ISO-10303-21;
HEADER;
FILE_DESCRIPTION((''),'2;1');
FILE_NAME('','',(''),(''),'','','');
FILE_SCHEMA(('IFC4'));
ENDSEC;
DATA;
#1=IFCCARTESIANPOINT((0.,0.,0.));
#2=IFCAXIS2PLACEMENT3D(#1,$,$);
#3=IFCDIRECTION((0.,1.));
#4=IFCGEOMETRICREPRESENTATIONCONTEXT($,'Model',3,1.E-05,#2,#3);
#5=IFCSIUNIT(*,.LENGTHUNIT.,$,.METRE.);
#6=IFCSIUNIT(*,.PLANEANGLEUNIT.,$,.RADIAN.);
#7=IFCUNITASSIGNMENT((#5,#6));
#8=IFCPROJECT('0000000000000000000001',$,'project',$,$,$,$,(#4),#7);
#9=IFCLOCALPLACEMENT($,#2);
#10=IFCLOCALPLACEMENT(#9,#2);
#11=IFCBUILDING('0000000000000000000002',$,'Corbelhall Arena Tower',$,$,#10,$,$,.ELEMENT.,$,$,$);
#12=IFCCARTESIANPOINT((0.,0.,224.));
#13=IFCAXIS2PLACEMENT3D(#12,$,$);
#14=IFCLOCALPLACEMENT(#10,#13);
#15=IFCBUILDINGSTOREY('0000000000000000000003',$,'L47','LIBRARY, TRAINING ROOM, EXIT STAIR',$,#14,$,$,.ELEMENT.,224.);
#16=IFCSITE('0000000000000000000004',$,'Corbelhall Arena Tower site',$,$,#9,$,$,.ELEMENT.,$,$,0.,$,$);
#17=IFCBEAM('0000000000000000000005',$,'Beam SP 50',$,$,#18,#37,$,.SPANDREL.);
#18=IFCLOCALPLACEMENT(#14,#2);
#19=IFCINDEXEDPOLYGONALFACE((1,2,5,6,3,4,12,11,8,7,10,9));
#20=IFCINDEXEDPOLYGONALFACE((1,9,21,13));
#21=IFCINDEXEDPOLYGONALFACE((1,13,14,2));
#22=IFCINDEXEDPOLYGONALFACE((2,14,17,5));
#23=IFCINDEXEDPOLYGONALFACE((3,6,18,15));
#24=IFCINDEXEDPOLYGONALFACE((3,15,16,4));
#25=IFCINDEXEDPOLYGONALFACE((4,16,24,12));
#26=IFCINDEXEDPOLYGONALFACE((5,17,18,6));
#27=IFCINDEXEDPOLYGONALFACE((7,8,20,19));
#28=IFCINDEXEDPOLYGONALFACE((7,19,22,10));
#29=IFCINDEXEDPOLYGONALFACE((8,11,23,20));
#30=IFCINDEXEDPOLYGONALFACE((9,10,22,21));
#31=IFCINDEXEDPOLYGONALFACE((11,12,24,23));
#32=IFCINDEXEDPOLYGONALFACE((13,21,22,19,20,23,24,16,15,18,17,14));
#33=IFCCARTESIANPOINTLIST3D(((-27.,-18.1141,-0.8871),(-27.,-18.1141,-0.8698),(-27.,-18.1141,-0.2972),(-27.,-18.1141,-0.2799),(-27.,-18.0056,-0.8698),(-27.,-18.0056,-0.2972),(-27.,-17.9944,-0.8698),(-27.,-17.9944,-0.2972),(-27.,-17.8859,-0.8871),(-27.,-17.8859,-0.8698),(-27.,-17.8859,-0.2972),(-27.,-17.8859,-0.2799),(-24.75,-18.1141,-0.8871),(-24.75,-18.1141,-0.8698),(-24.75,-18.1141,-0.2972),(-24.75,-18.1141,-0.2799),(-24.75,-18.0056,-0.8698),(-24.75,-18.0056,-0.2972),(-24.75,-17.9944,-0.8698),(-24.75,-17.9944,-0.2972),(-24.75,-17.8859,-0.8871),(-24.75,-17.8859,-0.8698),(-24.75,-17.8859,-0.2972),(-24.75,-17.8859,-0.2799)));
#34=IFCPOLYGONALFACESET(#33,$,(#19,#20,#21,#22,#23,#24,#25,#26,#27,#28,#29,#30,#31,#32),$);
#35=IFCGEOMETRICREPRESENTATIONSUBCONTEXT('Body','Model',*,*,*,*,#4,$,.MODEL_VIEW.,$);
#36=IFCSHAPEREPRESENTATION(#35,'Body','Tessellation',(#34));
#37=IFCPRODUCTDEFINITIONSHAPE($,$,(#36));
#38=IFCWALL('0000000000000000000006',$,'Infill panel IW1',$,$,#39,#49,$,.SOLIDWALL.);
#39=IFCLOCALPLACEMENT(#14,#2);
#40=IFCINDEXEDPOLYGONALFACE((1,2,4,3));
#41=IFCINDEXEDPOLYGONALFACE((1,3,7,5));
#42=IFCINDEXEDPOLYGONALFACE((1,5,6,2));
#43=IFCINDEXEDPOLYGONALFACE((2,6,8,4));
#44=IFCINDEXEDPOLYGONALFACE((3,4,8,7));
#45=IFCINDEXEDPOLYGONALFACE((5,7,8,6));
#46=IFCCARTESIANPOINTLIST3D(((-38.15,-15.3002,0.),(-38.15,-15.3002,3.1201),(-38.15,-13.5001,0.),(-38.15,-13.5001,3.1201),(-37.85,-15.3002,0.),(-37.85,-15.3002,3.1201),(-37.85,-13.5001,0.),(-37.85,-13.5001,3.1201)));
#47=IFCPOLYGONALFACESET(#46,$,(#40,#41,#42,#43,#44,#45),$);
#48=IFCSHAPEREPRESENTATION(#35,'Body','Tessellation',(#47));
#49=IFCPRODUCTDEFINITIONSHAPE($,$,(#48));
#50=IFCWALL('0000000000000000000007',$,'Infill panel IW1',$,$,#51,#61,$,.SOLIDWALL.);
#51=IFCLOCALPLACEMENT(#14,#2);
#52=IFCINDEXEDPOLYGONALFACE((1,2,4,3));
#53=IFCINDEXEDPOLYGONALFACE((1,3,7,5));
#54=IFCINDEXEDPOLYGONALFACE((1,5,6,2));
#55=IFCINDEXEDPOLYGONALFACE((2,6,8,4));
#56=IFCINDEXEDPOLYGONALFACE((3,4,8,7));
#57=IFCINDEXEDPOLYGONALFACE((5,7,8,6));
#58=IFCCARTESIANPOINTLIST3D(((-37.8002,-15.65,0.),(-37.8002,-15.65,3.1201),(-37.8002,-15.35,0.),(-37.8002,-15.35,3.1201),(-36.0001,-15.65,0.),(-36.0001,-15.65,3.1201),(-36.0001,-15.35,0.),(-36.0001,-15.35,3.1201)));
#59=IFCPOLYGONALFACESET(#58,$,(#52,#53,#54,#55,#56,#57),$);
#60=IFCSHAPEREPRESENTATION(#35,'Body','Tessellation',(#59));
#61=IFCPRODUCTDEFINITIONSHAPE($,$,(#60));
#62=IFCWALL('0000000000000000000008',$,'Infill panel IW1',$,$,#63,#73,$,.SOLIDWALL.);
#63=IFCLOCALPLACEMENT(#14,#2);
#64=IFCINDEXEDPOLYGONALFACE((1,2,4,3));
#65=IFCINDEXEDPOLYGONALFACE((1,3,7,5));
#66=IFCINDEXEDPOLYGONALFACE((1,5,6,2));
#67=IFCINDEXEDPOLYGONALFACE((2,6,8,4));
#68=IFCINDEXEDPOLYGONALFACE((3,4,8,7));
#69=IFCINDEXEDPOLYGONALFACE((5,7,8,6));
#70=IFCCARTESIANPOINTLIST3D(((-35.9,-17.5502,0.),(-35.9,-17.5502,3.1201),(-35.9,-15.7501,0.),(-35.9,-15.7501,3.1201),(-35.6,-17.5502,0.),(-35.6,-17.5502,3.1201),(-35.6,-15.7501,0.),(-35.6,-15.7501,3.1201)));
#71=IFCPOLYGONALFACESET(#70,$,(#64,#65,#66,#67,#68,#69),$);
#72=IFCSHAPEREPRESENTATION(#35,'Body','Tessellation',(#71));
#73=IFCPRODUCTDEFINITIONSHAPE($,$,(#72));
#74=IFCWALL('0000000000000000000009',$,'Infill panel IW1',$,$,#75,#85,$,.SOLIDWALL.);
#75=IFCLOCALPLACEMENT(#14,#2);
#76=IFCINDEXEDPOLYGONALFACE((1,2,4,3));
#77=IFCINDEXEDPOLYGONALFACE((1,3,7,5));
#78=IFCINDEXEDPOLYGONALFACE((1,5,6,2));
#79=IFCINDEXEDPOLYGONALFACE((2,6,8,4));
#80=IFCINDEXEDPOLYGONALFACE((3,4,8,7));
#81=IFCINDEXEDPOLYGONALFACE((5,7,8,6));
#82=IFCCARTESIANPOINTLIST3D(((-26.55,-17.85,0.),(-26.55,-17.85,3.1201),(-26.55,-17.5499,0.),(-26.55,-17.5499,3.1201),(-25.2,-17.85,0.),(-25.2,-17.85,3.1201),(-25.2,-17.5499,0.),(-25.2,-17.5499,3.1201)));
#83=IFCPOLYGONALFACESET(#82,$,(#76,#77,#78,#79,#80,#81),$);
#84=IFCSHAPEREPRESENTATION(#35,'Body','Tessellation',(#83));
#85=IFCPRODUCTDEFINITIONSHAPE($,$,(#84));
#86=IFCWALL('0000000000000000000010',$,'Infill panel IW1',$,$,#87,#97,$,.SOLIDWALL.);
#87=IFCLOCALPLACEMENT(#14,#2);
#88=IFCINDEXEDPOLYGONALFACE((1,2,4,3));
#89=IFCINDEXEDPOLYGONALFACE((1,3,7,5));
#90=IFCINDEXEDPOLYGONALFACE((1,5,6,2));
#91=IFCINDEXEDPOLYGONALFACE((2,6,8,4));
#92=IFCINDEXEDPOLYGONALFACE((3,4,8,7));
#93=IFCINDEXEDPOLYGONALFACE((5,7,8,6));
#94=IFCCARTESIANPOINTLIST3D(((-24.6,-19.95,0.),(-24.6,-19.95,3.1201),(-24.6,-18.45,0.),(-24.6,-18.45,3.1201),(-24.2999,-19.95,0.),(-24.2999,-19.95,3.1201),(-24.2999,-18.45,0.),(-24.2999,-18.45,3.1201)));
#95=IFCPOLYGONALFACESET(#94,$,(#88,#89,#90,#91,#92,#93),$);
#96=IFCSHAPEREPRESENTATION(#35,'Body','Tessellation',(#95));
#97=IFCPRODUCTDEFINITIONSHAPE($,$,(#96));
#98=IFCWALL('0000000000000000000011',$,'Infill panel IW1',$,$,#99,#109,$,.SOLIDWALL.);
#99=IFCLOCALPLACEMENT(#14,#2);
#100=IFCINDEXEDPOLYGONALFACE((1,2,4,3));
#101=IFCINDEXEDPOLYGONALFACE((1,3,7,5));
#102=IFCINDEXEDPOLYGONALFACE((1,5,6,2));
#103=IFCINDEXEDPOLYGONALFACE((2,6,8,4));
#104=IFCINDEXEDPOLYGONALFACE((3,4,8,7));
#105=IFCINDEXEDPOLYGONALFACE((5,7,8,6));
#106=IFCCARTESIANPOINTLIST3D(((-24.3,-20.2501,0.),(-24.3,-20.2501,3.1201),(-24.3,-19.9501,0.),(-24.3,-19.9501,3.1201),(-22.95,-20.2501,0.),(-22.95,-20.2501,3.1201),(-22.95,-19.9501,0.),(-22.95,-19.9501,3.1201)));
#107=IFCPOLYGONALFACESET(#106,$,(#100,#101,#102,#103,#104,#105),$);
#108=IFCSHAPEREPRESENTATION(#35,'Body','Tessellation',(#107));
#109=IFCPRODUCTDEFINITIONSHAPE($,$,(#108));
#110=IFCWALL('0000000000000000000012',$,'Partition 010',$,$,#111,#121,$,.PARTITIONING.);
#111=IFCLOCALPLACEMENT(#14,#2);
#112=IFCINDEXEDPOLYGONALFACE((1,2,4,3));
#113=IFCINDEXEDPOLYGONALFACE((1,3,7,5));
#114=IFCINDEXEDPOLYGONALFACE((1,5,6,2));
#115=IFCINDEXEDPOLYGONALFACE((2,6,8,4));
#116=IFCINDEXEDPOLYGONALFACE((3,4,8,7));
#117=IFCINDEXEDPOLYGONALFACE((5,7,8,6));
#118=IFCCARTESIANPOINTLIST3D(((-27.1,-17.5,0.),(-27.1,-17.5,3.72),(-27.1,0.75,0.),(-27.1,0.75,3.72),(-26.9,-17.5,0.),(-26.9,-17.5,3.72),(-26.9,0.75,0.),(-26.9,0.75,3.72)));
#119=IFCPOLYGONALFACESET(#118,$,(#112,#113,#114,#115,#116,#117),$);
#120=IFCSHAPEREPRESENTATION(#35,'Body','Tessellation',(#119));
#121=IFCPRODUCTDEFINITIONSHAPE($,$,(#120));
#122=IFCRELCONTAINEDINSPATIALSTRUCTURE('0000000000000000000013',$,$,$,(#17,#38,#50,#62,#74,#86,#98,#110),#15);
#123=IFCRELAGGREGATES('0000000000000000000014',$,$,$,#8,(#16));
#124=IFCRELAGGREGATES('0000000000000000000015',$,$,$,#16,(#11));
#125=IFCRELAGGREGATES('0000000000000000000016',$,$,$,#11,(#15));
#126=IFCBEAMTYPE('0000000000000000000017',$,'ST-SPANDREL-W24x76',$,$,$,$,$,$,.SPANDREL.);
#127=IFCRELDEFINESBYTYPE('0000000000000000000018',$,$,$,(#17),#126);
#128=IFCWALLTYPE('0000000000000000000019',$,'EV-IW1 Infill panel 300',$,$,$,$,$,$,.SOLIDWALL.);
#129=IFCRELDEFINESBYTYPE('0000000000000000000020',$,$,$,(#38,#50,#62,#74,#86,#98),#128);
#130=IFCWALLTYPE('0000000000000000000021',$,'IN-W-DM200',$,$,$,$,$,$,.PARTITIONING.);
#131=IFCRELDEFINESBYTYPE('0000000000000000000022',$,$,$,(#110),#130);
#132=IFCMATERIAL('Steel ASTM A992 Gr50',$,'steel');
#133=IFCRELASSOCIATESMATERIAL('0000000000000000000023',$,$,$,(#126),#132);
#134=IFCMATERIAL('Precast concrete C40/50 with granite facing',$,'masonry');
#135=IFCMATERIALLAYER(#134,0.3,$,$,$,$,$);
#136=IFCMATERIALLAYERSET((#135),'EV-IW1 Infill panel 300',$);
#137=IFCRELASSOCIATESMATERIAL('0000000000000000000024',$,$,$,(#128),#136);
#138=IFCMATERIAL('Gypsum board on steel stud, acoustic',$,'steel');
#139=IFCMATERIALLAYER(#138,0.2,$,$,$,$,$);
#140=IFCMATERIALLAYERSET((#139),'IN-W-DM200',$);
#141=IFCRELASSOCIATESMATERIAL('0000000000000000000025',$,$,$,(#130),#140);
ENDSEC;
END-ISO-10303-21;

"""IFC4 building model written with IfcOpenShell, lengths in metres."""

from ifc_helpers import new_model, si_unit, direction, frame, frame_2d, origin, origin_2d, place, context, subcontext, project, spatial, rectangle, i_section, extrude, material, layer, layer_set, material_profile, profile_set, type_object, element, save


model = new_model("IFC4")

# Units and contexts
model_context = context("Model", 3, precision=1e-05, world=origin(), true_north=direction((0.0, 1.0)))
body_context = subcontext(model_context, "Body", "Model", "MODEL_VIEW")
ifc_project = project(units=[si_unit("LENGTHUNIT", "METRE"), si_unit("PLANEANGLEUNIT", "RADIAN")], contexts=[model_context])

# Site, building, storey
site_placement = place(None, origin())
site = spatial("IfcSite", under=ifc_project, at=site_placement, Name="Corbelhall Arena Tower site", CompositionType="ELEMENT", RefElevation=0.0)
building_placement = place(site_placement, origin())
building = spatial("IfcBuilding", under=site, at=building_placement, Name="Corbelhall Arena Tower", CompositionType="ELEMENT")
storey_placement = place(building_placement, frame((0.0, 0.0, 224.0)))
storey = spatial("IfcBuildingStorey", under=building, at=storey_placement, Name="L47", Description="LIBRARY, TRAINING ROOM, EXIT STAIR", CompositionType="ELEMENT", Elevation=224.0)

# Beam
ifc_material_1 = material(Name="Steel ASTM A992 Gr50", Category="steel")
ifc_material_profile_1 = material_profile(ifc_material_1, i_section(OverallWidth=0.2283, OverallDepth=0.6072, WebThickness=0.0112, FlangeThickness=0.0173, at=origin_2d()))
ifc_profile_set_1 = profile_set([ifc_material_profile_1], Name="Steel ASTM A992 Gr50")
beam_type = type_object("IfcBeamType", Name="ST-SPANDREL-W24x76", PredefinedType="SPANDREL", material=ifc_profile_set_1)
beam_1_placement = place(storey_placement, frame((-24.75, -18.0, -0.5835), z_axis=(-1.0, 0.0, 0.0), x_axis=(0.0, -1.0, 0.0)))
element("IfcBeam", 1, at=beam_1_placement, inside=storey, type_object=beam_type, Name="Beam SP 50", PredefinedType="SPANDREL", context=body_context, shape_type="SweptSolid", body=[
    extrude(i_section(OverallWidth=0.2283, OverallDepth=0.6072, WebThickness=0.0112, FlangeThickness=0.0173, at=origin_2d()), origin(), (0.0, 0.0, 1.0), 2.25),
])

# Walls
ifc_material_2 = material(Name="Precast concrete C40/50 with granite facing", Category="masonry")
ifc_layer_1 = layer(ifc_material_2, 0.3)
ifc_layer_set_1 = layer_set([ifc_layer_1], Name="EV-IW1 Infill panel 300")
wall_type_1 = type_object("IfcWallType", Name="EV-IW1 Infill panel 300", PredefinedType="SOLIDWALL", material=ifc_layer_set_1)
for number, where, z_axis, x_axis, name in (
    (2, (-38.0, -15.3, 0.0), (0.0, 0.0, 1.0), (0.0, 1.0, 0.0), "Infill panel IW1"),
    (3, (-37.8, -15.5, 0.0), (0.0, 0.0, 1.0), (1.0, 0.0, 0.0), "Infill panel IW1"),
    (4, (-35.75, -17.55, 0.0), (0.0, 0.0, 1.0), (0.0, 1.0, 0.0), "Infill panel IW1"),
):
    element("IfcWall", number, at=place(storey_placement, frame(where, z_axis=z_axis, x_axis=x_axis)), inside=storey, type_object=wall_type_1, Name=name, PredefinedType="SOLIDWALL", context=body_context, shape_type="SweptSolid", body=[
        extrude(rectangle(XDim=1.8, YDim=0.3, at=frame_2d((0.8999, 0.0))), origin(), (0.0, 0.0, 1.0), 3.1201),
    ])

# Walls
wall_1_placement = place(storey_placement, frame((-26.55, -17.7, 0.0), z_axis=(0.0, 0.0, 1.0), x_axis=(1.0, 0.0, 0.0)))
element("IfcWall", 5, at=wall_1_placement, inside=storey, type_object=wall_type_1, Name="Infill panel IW1", PredefinedType="SOLIDWALL", context=body_context, shape_type="SweptSolid", body=[
    extrude(rectangle(XDim=1.3501, YDim=0.3, at=frame_2d((0.675, 0.0))), origin(), (0.0, 0.0, 1.0), 3.1201),
])
wall_2_placement = place(storey_placement, frame((-24.45, -18.45, 0.0), z_axis=(0.0, 0.0, 1.0), x_axis=(0.0, -1.0, 0.0)))
element("IfcWall", 6, at=wall_2_placement, inside=storey, type_object=wall_type_1, Name="Infill panel IW1", PredefinedType="SOLIDWALL", context=body_context, shape_type="SweptSolid", body=[
    extrude(rectangle(XDim=1.5, YDim=0.3, at=frame_2d((0.75, 0.0))), origin(), (0.0, 0.0, 1.0), 3.1201),
])
wall_3_placement = place(storey_placement, frame((-24.3, -20.1001, 0.0), z_axis=(0.0, 0.0, 1.0), x_axis=(1.0, 0.0, 0.0)))
element("IfcWall", 7, at=wall_3_placement, inside=storey, type_object=wall_type_1, Name="Infill panel IW1", PredefinedType="SOLIDWALL", context=body_context, shape_type="SweptSolid", body=[
    extrude(rectangle(XDim=1.3501, YDim=0.3, at=frame_2d((0.675, 0.0))), origin(), (0.0, 0.0, 1.0), 3.1201),
])
ifc_material_3 = material(Name="Gypsum board on steel stud, acoustic", Category="steel")
ifc_layer_2 = layer(ifc_material_3, 0.2)
ifc_layer_set_2 = layer_set([ifc_layer_2], Name="IN-W-DM200")
wall_type_2 = type_object("IfcWallType", Name="IN-W-DM200", PredefinedType="PARTITIONING", material=ifc_layer_set_2)
wall_4_placement = place(storey_placement, frame((-27.0, -17.5, 0.0), z_axis=(0.0, 0.0, 1.0), x_axis=(0.0, 1.0, 0.0)))
element("IfcWall", 8, at=wall_4_placement, inside=storey, type_object=wall_type_2, Name="Partition 010", PredefinedType="PARTITIONING", context=body_context, shape_type="SweptSolid", body=[
    extrude(rectangle(XDim=18.25, YDim=0.2, at=frame_2d((9.125, 0.0))), origin(), (0.0, 0.0, 1.0), 3.72),
])

save(model, "model.ifc")
